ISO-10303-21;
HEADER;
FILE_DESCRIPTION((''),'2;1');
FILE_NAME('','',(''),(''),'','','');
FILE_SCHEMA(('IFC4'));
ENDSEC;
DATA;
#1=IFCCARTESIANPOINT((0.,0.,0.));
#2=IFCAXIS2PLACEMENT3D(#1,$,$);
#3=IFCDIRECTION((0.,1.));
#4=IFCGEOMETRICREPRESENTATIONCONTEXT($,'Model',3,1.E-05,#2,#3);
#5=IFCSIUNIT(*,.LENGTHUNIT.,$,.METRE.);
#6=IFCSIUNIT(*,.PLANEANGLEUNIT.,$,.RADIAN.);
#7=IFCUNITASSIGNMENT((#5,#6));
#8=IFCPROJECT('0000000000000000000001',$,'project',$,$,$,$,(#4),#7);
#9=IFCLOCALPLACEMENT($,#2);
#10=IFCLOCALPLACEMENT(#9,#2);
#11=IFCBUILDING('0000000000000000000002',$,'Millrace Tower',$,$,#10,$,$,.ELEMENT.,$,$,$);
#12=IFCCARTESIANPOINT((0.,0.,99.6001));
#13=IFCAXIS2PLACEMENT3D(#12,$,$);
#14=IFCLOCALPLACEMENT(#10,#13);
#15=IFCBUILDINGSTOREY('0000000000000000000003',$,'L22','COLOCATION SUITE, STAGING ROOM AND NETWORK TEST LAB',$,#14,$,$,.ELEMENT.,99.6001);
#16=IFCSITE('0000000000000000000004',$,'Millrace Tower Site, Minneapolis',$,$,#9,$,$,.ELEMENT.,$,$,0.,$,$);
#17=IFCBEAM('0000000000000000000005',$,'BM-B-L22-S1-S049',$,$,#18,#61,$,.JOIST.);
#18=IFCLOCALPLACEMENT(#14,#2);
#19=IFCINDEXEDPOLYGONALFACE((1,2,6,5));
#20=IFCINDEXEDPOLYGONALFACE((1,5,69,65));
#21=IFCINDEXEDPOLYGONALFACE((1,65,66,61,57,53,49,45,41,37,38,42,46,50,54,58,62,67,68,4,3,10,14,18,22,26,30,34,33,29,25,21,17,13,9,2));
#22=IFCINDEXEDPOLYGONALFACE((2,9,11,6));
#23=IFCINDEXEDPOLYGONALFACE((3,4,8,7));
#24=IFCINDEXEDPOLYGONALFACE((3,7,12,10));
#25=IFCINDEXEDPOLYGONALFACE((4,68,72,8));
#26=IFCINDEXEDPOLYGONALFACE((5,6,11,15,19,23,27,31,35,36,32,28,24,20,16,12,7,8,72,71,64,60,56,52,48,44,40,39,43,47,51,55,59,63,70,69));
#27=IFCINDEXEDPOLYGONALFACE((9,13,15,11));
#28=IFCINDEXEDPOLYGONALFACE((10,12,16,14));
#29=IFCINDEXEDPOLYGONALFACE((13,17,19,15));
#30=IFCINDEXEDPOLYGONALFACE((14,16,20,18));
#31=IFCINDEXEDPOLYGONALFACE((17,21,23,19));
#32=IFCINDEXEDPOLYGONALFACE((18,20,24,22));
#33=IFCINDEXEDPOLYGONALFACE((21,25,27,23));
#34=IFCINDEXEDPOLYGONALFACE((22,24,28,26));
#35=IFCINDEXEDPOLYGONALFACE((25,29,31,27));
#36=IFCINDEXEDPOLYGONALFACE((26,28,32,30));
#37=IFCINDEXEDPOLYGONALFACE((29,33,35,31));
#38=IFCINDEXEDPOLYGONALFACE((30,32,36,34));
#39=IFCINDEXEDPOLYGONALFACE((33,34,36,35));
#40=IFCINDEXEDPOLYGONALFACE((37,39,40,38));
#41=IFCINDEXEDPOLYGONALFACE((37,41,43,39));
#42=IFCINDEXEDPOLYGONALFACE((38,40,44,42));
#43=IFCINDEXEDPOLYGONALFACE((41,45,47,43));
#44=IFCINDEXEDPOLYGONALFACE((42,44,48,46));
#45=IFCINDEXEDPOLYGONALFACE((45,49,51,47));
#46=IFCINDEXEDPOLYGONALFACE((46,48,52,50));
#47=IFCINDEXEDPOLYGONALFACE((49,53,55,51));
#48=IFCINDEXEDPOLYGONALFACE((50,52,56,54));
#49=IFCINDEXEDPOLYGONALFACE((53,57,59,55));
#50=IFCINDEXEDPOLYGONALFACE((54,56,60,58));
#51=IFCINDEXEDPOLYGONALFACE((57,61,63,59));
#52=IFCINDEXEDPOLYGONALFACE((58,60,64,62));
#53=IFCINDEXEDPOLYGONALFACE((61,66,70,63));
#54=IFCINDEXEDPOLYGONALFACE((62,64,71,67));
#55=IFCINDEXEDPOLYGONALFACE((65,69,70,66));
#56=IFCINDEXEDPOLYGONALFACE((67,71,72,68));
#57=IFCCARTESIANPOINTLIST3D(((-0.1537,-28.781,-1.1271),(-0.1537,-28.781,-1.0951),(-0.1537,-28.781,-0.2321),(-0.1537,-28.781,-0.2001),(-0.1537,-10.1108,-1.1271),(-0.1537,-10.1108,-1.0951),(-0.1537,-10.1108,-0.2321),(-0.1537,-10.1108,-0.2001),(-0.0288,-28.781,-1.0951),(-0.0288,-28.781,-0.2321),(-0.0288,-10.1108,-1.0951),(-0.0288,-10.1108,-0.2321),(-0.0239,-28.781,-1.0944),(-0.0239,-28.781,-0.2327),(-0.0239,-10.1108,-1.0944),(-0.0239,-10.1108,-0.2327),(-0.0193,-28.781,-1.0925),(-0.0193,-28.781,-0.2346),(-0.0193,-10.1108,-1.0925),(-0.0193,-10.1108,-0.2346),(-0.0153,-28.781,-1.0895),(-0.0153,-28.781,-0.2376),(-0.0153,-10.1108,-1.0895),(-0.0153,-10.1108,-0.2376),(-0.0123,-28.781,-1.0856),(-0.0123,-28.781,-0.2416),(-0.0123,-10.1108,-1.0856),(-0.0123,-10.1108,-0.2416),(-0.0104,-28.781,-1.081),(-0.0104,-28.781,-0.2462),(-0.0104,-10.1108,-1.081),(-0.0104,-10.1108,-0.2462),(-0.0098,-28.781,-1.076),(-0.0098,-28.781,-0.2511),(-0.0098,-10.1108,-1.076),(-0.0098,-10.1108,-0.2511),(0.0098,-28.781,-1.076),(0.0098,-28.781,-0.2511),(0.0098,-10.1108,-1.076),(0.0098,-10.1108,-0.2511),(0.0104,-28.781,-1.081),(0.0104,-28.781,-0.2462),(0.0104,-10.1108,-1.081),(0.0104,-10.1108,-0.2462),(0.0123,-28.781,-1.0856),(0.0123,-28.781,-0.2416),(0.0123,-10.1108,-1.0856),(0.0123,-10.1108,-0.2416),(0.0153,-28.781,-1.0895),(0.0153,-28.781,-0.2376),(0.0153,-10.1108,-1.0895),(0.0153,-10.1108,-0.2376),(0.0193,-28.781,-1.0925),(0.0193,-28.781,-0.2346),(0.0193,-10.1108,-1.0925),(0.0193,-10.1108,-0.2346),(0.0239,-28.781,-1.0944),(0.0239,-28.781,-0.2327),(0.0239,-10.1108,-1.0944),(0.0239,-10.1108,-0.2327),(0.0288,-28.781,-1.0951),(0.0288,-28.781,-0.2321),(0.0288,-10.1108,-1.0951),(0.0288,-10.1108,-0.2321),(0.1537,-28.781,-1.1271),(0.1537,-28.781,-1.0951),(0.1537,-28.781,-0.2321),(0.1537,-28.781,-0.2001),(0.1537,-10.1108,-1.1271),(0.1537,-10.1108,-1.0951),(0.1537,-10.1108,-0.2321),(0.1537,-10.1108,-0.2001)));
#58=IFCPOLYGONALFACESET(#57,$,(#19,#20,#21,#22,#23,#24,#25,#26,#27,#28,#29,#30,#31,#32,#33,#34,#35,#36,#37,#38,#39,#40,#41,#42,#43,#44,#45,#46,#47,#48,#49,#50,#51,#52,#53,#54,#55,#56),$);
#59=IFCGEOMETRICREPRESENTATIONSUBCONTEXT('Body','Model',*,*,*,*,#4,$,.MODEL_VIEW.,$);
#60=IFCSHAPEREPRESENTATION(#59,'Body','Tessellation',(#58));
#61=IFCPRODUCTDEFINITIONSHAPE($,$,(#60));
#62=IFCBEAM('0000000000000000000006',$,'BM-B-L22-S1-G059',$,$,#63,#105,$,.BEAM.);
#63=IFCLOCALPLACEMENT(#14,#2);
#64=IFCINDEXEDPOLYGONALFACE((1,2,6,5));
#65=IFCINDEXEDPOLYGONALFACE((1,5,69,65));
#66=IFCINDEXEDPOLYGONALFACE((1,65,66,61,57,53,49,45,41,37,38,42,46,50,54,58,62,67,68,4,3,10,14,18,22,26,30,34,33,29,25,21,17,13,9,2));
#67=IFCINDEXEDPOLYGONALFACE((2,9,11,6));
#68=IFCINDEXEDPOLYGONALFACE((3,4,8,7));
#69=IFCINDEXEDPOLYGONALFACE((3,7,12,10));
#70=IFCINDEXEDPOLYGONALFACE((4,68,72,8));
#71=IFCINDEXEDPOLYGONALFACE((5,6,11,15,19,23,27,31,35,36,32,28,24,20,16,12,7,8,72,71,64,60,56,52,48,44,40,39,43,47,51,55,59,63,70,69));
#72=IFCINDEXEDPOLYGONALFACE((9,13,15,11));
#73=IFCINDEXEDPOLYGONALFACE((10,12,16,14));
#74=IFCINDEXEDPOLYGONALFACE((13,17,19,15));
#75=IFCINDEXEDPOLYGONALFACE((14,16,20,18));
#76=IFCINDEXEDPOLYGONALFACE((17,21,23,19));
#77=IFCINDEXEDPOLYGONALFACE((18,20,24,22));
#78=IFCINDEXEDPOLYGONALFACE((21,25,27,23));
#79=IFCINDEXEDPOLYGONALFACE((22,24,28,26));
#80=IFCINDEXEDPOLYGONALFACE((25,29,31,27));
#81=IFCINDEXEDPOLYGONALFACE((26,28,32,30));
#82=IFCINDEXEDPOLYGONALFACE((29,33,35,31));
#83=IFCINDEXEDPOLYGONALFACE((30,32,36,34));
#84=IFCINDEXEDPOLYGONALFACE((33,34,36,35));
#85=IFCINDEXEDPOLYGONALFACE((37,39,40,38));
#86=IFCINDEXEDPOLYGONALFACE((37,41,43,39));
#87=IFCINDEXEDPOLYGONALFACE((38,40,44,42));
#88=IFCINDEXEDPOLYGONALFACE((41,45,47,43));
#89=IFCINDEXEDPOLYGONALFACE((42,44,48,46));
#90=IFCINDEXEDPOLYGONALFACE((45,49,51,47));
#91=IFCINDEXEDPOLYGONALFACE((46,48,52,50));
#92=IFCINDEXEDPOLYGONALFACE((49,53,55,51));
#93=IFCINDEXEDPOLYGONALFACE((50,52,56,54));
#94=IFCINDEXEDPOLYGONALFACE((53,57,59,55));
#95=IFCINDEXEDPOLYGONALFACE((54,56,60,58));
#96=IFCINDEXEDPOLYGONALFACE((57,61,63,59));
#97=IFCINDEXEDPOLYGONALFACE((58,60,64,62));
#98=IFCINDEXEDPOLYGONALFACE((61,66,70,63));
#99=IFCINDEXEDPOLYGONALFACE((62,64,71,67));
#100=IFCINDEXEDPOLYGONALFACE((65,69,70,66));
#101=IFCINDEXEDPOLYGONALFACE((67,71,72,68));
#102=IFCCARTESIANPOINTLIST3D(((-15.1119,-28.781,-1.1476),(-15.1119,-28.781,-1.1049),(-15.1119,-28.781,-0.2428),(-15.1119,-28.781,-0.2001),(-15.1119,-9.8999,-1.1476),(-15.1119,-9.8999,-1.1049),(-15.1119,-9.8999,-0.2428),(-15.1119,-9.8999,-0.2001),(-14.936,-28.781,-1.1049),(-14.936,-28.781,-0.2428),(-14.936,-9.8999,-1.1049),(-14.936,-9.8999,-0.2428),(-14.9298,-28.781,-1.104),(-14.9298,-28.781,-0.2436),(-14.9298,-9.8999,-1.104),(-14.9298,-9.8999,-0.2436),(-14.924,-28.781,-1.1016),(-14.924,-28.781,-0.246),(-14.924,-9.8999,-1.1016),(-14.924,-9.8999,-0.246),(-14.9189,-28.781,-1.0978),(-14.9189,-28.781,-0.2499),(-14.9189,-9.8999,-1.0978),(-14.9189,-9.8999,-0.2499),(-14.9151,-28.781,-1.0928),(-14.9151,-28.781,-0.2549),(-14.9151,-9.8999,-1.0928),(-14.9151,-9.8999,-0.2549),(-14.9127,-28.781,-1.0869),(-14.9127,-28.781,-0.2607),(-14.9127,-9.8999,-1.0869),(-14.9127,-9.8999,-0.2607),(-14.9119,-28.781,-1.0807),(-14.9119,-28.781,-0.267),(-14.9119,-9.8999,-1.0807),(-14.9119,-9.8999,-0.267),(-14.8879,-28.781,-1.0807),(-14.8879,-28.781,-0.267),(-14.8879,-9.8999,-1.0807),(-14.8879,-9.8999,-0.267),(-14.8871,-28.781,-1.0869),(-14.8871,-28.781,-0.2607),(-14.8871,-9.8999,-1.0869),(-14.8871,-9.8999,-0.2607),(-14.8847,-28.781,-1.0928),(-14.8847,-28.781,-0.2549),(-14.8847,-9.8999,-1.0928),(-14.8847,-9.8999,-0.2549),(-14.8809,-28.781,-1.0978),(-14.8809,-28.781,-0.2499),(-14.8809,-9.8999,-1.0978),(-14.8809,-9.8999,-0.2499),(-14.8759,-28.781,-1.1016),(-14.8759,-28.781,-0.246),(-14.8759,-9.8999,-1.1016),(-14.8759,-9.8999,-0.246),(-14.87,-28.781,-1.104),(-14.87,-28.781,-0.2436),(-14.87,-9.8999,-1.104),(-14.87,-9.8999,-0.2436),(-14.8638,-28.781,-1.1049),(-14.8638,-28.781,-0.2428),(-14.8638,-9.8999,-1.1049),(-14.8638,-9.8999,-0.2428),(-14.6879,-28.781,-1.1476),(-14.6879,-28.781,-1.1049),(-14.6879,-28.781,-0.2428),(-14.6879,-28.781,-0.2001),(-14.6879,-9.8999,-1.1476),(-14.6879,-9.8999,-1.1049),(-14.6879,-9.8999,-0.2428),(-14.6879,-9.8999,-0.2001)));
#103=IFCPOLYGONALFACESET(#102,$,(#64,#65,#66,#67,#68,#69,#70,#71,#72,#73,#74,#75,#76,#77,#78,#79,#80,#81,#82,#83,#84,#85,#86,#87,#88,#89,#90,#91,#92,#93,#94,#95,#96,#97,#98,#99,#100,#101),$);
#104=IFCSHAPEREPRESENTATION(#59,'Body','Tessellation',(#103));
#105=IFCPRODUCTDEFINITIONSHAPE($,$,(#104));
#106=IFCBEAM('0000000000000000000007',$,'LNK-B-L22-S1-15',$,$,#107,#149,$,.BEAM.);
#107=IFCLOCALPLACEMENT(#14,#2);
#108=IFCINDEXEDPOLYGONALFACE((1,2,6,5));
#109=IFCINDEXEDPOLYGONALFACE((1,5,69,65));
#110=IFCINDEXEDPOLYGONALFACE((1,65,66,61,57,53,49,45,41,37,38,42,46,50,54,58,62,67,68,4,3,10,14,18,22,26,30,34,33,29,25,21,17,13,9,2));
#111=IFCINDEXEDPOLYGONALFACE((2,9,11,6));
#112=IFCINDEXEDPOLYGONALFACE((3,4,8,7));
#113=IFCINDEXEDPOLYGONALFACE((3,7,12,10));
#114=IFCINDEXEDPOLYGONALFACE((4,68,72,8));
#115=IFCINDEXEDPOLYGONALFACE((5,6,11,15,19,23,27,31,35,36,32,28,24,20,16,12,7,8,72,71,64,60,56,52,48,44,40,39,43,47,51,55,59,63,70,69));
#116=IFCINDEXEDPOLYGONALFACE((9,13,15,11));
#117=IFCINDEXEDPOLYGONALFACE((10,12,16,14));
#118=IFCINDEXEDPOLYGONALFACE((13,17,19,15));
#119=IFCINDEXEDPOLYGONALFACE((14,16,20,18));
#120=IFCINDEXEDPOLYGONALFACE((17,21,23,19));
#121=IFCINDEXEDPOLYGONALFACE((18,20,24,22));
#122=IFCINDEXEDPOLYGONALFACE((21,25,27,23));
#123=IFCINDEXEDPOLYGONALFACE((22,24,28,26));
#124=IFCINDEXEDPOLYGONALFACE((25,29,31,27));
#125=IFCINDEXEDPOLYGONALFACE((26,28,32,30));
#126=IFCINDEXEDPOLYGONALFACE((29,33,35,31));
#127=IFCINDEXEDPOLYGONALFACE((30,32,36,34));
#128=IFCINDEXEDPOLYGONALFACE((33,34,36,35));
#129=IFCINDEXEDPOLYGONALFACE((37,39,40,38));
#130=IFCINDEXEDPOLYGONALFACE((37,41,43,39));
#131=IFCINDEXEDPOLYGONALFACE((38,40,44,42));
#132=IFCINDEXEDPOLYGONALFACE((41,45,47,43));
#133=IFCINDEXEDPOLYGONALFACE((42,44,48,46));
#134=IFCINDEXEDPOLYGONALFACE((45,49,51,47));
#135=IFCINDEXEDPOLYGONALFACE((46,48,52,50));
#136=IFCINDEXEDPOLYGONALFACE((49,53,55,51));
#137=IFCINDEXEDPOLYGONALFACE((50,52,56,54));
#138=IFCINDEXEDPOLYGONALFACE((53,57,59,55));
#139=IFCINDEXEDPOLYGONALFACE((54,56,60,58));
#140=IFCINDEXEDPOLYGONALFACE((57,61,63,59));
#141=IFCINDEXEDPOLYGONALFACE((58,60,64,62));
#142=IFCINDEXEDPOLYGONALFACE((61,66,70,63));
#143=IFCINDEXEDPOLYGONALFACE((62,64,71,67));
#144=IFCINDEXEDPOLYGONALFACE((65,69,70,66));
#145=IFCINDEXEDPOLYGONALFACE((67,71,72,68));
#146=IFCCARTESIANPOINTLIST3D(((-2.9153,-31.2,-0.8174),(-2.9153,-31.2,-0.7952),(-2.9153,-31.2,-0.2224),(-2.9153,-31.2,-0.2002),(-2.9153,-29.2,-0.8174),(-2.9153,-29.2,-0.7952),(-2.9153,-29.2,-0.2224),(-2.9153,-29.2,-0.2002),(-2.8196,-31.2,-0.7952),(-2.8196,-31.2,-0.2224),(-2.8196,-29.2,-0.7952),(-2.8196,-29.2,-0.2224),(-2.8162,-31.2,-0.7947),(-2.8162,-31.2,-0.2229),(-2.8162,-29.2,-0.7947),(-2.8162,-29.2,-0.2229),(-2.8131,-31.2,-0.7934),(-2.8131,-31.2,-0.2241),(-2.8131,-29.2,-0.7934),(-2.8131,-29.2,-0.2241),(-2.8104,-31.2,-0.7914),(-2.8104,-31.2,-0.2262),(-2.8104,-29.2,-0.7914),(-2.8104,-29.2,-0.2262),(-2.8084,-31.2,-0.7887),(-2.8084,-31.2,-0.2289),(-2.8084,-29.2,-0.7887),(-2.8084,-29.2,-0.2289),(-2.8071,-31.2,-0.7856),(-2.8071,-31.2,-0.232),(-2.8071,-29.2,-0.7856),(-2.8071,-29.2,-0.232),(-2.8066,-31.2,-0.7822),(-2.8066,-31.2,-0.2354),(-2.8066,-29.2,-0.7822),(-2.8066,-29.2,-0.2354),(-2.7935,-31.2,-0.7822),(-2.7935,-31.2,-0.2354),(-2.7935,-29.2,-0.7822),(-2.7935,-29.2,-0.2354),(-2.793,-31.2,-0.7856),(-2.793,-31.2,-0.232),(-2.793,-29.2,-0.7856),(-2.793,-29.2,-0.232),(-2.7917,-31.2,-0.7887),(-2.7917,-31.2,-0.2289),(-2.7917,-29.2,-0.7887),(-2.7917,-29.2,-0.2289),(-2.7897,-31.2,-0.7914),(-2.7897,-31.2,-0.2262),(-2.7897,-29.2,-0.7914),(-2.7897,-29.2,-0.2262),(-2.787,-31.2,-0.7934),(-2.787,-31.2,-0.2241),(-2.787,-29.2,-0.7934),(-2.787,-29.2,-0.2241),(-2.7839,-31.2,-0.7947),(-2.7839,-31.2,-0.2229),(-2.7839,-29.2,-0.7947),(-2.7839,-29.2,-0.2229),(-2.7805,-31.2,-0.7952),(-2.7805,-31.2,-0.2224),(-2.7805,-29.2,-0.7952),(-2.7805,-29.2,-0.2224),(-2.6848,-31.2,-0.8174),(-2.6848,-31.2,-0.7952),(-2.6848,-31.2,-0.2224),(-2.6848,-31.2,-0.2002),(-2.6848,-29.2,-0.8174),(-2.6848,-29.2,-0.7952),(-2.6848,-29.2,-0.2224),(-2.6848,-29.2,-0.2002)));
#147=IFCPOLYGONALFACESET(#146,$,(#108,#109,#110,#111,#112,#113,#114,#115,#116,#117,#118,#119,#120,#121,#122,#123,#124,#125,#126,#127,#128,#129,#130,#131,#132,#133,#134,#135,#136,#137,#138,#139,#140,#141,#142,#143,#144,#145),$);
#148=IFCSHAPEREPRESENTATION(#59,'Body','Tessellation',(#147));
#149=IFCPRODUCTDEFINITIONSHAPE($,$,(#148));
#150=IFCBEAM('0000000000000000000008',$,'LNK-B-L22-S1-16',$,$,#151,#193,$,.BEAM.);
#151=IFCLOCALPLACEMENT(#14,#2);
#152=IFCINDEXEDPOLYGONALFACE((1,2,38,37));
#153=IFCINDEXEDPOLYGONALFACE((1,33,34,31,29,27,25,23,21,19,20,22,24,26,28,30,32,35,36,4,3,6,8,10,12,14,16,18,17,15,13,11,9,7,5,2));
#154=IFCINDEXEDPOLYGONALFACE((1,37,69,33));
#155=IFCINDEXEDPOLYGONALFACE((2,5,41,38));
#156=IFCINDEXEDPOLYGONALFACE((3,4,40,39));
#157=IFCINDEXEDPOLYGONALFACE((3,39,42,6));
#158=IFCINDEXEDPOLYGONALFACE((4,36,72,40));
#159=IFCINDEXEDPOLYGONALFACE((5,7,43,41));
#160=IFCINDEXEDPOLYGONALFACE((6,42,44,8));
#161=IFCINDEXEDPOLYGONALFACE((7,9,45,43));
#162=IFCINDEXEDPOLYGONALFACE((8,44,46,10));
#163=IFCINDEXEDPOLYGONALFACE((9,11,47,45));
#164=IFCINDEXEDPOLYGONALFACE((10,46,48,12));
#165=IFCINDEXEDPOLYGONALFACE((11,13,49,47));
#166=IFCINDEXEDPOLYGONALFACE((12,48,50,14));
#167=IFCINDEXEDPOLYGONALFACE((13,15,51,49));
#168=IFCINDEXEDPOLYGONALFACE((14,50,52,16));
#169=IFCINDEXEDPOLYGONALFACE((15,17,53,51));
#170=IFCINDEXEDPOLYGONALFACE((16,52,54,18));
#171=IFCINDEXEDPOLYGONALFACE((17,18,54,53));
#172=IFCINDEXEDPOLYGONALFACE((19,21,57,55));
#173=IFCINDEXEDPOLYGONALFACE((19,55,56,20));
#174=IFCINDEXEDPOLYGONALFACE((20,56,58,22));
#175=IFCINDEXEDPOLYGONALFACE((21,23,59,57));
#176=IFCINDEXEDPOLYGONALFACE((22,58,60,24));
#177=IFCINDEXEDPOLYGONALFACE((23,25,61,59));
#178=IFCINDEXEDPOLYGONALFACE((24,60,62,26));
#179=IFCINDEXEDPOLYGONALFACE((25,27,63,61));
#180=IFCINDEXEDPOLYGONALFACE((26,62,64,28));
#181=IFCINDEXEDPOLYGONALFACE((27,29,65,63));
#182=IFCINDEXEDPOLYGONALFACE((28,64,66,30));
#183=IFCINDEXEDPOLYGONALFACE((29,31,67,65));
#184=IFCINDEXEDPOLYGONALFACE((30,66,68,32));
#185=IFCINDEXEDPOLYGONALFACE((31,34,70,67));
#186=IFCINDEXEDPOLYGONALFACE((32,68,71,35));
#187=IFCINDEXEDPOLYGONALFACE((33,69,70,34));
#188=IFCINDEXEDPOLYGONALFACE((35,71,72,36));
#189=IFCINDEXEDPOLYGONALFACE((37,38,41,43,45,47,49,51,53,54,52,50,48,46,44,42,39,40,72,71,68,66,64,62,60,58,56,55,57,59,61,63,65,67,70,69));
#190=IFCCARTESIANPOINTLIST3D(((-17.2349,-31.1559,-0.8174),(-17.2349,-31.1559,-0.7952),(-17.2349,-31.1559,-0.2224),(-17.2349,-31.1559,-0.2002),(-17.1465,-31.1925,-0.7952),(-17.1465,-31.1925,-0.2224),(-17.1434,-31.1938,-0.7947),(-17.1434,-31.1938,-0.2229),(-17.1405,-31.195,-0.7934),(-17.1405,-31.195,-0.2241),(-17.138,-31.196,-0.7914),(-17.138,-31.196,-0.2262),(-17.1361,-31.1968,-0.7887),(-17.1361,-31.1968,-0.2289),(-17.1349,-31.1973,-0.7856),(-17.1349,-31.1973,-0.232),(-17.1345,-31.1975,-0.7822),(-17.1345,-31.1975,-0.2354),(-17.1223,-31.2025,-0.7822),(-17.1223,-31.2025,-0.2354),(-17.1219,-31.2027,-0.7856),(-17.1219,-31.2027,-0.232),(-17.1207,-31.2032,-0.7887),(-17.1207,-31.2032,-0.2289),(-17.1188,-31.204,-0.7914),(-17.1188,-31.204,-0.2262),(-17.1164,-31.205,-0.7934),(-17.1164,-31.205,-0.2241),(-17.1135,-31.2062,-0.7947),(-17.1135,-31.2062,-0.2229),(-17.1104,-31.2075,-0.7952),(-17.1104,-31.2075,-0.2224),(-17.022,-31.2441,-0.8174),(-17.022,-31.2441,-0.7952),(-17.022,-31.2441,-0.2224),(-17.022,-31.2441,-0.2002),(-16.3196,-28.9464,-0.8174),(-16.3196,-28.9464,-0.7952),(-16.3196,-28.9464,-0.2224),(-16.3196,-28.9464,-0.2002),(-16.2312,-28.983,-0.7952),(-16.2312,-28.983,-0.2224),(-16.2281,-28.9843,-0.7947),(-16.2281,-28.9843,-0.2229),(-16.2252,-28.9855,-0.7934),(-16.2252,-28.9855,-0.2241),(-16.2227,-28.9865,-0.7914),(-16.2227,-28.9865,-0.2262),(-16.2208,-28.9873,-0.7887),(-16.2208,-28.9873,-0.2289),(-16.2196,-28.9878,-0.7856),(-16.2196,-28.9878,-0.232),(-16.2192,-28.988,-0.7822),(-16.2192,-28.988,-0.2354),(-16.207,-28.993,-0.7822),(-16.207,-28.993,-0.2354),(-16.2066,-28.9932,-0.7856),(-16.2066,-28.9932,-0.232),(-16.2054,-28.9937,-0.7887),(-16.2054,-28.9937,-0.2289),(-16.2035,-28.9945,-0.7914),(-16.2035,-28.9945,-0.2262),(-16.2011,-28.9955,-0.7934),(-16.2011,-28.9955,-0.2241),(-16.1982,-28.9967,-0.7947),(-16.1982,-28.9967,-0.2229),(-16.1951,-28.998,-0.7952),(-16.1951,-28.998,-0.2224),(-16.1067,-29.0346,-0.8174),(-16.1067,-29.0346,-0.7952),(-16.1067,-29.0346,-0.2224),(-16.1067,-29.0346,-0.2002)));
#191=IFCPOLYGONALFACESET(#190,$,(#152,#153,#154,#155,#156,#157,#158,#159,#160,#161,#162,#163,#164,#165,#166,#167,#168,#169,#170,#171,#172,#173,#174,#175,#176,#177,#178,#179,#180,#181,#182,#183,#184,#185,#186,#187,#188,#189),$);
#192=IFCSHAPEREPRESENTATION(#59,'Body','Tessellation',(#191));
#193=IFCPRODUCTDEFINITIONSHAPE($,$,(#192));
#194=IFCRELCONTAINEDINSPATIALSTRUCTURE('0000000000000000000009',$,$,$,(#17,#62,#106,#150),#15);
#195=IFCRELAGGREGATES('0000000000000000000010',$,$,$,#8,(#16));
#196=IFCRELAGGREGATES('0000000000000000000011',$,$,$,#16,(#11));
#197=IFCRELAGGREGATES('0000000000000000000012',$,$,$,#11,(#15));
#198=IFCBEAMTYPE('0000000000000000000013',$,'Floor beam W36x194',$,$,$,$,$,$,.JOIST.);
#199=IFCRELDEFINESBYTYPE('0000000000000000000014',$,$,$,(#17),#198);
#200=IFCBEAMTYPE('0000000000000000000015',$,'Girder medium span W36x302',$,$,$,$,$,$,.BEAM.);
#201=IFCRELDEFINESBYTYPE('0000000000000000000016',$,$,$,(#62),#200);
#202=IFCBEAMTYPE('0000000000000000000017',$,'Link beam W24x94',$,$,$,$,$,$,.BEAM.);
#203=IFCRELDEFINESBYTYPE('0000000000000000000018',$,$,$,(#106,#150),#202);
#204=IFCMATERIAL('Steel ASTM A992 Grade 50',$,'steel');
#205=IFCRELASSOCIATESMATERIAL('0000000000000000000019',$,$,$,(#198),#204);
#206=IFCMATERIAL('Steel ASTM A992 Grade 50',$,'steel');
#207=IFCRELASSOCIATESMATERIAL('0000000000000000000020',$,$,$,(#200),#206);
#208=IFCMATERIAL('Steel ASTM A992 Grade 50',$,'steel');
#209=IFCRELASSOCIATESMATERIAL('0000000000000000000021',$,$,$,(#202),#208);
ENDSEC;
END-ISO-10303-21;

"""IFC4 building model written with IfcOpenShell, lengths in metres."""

from ifc_helpers import new_model, si_unit, direction, frame, origin, origin_2d, place, context, subcontext, project, spatial, i_section, extrude, material, material_profile, profile_set, type_object, element, save


model = new_model("IFC4")

# Units and contexts
model_context = context("Model", 3, precision=1e-05, world=origin(), true_north=direction((0.0, 1.0)))
body_context = subcontext(model_context, "Body", "Model", "MODEL_VIEW")
ifc_project = project(units=[si_unit("LENGTHUNIT", "METRE"), si_unit("PLANEANGLEUNIT", "RADIAN")], contexts=[model_context])

# Site, building, storey
site_placement = place(None, origin())
site = spatial("IfcSite", under=ifc_project, at=site_placement, Name="Millrace Tower Site, Minneapolis", CompositionType="ELEMENT", RefElevation=0.0)
building_placement = place(site_placement, origin())
building = spatial("IfcBuilding", under=site, at=building_placement, Name="Millrace Tower", CompositionType="ELEMENT")
storey_placement = place(building_placement, frame((0.0, 0.0, 99.6001)))
storey = spatial("IfcBuildingStorey", under=building, at=storey_placement, Name="L22", Description="COLOCATION SUITE, STAGING ROOM AND NETWORK TEST LAB", CompositionType="ELEMENT", Elevation=99.6001)

# Beams
ifc_material_1 = material(Name="Steel ASTM A992 Grade 50", Category="steel")
ifc_material_profile_1 = material_profile(ifc_material_1, i_section(OverallWidth=0.3074, OverallDepth=0.927, WebThickness=0.0195, FlangeThickness=0.032, FilletRadius=0.019, at=origin_2d()))
ifc_profile_set_1 = profile_set([ifc_material_profile_1], Name="Steel ASTM A992 Grade 50")
beam_type_1 = type_object("IfcBeamType", Name="Floor beam W36x194", PredefinedType="JOIST", material=ifc_profile_set_1)
for number, where, z_axis, x_axis, name in (
    (1, (0.0, -28.781, -0.6636), (0.0, 1.0, 0.0), (-1.0, 0.0, 0.0), "BM-B-L22-S1-S049"),
):
    element("IfcBeam", number, at=place(storey_placement, frame(where, z_axis=z_axis, x_axis=x_axis)), inside=storey, type_object=beam_type_1, Name=name, PredefinedType="JOIST", context=body_context, shape_type="SweptSolid", body=[
        extrude(i_section(OverallWidth=0.3074, OverallDepth=0.927, WebThickness=0.0195, FlangeThickness=0.032, FilletRadius=0.019, at=origin_2d()), origin(), (0.0, 0.0, 1.0), 18.6702),
    ])
ifc_material_2 = material(Name="Steel ASTM A992 Grade 50", Category="steel")
ifc_material_profile_2 = material_profile(ifc_material_2, i_section(OverallWidth=0.4241, OverallDepth=0.9475, WebThickness=0.0239, FlangeThickness=0.0427, FilletRadius=0.0242, at=origin_2d()))
ifc_profile_set_2 = profile_set([ifc_material_profile_2], Name="Steel ASTM A992 Grade 50")
beam_type_2 = type_object("IfcBeamType", Name="Girder medium span W36x302", PredefinedType="BEAM", material=ifc_profile_set_2)
beam_1_placement = place(storey_placement, frame((-14.8999, -28.781, -0.6738), z_axis=(0.0, 1.0, 0.0), x_axis=(-1.0, 0.0, 0.0)))
element("IfcBeam", 2, at=beam_1_placement, inside=storey, type_object=beam_type_2, Name="BM-B-L22-S1-G059", PredefinedType="BEAM", context=body_context, shape_type="SweptSolid", body=[
    extrude(i_section(OverallWidth=0.4241, OverallDepth=0.9475, WebThickness=0.0239, FlangeThickness=0.0427, FilletRadius=0.0242, at=origin_2d()), origin(), (0.0, 0.0, 1.0), 18.8811),
])
ifc_material_3 = material(Name="Steel ASTM A992 Grade 50", Category="steel")
ifc_material_profile_3 = material_profile(ifc_material_3, i_section(OverallWidth=0.2305, OverallDepth=0.6172, WebThickness=0.0132, FlangeThickness=0.0222, FilletRadius=0.0129, at=origin_2d()))
ifc_profile_set_3 = profile_set([ifc_material_profile_3], Name="Steel ASTM A992 Grade 50")
beam_type_3 = type_object("IfcBeamType", Name="Link beam W24x94", PredefinedType="BEAM", material=ifc_profile_set_3)
beam_2_placement = place(storey_placement, frame((-2.8, -29.2, -0.5088), z_axis=(0.0, -1.0, 0.0), x_axis=(1.0, 0.0, 0.0)))
element("IfcBeam", 3, at=beam_2_placement, inside=storey, type_object=beam_type_3, Name="LNK-B-L22-S1-15", PredefinedType="BEAM", context=body_context, shape_type="SweptSolid", body=[
    extrude(i_section(OverallWidth=0.2305, OverallDepth=0.6172, WebThickness=0.0132, FlangeThickness=0.0222, FilletRadius=0.0129, at=origin_2d()), origin(), (0.0, 0.0, 1.0), 2.0),
])
beam_3_placement = place(storey_placement, frame((-16.2131, -28.9905, -0.5088), z_axis=(-0.382715, -0.923866, 0.0), x_axis=(0.923866, -0.382715, 0.0)))
element("IfcBeam", 4, at=beam_3_placement, inside=storey, type_object=beam_type_3, Name="LNK-B-L22-S1-16", PredefinedType="BEAM", context=body_context, shape_type="SweptSolid", body=[
    extrude(i_section(OverallWidth=0.2305, OverallDepth=0.6172, WebThickness=0.0132, FlangeThickness=0.0222, FilletRadius=0.0129, at=origin_2d()), origin(), (0.0, 0.0, 1.0), 2.3916),
])

save(model, "model.ifc")
